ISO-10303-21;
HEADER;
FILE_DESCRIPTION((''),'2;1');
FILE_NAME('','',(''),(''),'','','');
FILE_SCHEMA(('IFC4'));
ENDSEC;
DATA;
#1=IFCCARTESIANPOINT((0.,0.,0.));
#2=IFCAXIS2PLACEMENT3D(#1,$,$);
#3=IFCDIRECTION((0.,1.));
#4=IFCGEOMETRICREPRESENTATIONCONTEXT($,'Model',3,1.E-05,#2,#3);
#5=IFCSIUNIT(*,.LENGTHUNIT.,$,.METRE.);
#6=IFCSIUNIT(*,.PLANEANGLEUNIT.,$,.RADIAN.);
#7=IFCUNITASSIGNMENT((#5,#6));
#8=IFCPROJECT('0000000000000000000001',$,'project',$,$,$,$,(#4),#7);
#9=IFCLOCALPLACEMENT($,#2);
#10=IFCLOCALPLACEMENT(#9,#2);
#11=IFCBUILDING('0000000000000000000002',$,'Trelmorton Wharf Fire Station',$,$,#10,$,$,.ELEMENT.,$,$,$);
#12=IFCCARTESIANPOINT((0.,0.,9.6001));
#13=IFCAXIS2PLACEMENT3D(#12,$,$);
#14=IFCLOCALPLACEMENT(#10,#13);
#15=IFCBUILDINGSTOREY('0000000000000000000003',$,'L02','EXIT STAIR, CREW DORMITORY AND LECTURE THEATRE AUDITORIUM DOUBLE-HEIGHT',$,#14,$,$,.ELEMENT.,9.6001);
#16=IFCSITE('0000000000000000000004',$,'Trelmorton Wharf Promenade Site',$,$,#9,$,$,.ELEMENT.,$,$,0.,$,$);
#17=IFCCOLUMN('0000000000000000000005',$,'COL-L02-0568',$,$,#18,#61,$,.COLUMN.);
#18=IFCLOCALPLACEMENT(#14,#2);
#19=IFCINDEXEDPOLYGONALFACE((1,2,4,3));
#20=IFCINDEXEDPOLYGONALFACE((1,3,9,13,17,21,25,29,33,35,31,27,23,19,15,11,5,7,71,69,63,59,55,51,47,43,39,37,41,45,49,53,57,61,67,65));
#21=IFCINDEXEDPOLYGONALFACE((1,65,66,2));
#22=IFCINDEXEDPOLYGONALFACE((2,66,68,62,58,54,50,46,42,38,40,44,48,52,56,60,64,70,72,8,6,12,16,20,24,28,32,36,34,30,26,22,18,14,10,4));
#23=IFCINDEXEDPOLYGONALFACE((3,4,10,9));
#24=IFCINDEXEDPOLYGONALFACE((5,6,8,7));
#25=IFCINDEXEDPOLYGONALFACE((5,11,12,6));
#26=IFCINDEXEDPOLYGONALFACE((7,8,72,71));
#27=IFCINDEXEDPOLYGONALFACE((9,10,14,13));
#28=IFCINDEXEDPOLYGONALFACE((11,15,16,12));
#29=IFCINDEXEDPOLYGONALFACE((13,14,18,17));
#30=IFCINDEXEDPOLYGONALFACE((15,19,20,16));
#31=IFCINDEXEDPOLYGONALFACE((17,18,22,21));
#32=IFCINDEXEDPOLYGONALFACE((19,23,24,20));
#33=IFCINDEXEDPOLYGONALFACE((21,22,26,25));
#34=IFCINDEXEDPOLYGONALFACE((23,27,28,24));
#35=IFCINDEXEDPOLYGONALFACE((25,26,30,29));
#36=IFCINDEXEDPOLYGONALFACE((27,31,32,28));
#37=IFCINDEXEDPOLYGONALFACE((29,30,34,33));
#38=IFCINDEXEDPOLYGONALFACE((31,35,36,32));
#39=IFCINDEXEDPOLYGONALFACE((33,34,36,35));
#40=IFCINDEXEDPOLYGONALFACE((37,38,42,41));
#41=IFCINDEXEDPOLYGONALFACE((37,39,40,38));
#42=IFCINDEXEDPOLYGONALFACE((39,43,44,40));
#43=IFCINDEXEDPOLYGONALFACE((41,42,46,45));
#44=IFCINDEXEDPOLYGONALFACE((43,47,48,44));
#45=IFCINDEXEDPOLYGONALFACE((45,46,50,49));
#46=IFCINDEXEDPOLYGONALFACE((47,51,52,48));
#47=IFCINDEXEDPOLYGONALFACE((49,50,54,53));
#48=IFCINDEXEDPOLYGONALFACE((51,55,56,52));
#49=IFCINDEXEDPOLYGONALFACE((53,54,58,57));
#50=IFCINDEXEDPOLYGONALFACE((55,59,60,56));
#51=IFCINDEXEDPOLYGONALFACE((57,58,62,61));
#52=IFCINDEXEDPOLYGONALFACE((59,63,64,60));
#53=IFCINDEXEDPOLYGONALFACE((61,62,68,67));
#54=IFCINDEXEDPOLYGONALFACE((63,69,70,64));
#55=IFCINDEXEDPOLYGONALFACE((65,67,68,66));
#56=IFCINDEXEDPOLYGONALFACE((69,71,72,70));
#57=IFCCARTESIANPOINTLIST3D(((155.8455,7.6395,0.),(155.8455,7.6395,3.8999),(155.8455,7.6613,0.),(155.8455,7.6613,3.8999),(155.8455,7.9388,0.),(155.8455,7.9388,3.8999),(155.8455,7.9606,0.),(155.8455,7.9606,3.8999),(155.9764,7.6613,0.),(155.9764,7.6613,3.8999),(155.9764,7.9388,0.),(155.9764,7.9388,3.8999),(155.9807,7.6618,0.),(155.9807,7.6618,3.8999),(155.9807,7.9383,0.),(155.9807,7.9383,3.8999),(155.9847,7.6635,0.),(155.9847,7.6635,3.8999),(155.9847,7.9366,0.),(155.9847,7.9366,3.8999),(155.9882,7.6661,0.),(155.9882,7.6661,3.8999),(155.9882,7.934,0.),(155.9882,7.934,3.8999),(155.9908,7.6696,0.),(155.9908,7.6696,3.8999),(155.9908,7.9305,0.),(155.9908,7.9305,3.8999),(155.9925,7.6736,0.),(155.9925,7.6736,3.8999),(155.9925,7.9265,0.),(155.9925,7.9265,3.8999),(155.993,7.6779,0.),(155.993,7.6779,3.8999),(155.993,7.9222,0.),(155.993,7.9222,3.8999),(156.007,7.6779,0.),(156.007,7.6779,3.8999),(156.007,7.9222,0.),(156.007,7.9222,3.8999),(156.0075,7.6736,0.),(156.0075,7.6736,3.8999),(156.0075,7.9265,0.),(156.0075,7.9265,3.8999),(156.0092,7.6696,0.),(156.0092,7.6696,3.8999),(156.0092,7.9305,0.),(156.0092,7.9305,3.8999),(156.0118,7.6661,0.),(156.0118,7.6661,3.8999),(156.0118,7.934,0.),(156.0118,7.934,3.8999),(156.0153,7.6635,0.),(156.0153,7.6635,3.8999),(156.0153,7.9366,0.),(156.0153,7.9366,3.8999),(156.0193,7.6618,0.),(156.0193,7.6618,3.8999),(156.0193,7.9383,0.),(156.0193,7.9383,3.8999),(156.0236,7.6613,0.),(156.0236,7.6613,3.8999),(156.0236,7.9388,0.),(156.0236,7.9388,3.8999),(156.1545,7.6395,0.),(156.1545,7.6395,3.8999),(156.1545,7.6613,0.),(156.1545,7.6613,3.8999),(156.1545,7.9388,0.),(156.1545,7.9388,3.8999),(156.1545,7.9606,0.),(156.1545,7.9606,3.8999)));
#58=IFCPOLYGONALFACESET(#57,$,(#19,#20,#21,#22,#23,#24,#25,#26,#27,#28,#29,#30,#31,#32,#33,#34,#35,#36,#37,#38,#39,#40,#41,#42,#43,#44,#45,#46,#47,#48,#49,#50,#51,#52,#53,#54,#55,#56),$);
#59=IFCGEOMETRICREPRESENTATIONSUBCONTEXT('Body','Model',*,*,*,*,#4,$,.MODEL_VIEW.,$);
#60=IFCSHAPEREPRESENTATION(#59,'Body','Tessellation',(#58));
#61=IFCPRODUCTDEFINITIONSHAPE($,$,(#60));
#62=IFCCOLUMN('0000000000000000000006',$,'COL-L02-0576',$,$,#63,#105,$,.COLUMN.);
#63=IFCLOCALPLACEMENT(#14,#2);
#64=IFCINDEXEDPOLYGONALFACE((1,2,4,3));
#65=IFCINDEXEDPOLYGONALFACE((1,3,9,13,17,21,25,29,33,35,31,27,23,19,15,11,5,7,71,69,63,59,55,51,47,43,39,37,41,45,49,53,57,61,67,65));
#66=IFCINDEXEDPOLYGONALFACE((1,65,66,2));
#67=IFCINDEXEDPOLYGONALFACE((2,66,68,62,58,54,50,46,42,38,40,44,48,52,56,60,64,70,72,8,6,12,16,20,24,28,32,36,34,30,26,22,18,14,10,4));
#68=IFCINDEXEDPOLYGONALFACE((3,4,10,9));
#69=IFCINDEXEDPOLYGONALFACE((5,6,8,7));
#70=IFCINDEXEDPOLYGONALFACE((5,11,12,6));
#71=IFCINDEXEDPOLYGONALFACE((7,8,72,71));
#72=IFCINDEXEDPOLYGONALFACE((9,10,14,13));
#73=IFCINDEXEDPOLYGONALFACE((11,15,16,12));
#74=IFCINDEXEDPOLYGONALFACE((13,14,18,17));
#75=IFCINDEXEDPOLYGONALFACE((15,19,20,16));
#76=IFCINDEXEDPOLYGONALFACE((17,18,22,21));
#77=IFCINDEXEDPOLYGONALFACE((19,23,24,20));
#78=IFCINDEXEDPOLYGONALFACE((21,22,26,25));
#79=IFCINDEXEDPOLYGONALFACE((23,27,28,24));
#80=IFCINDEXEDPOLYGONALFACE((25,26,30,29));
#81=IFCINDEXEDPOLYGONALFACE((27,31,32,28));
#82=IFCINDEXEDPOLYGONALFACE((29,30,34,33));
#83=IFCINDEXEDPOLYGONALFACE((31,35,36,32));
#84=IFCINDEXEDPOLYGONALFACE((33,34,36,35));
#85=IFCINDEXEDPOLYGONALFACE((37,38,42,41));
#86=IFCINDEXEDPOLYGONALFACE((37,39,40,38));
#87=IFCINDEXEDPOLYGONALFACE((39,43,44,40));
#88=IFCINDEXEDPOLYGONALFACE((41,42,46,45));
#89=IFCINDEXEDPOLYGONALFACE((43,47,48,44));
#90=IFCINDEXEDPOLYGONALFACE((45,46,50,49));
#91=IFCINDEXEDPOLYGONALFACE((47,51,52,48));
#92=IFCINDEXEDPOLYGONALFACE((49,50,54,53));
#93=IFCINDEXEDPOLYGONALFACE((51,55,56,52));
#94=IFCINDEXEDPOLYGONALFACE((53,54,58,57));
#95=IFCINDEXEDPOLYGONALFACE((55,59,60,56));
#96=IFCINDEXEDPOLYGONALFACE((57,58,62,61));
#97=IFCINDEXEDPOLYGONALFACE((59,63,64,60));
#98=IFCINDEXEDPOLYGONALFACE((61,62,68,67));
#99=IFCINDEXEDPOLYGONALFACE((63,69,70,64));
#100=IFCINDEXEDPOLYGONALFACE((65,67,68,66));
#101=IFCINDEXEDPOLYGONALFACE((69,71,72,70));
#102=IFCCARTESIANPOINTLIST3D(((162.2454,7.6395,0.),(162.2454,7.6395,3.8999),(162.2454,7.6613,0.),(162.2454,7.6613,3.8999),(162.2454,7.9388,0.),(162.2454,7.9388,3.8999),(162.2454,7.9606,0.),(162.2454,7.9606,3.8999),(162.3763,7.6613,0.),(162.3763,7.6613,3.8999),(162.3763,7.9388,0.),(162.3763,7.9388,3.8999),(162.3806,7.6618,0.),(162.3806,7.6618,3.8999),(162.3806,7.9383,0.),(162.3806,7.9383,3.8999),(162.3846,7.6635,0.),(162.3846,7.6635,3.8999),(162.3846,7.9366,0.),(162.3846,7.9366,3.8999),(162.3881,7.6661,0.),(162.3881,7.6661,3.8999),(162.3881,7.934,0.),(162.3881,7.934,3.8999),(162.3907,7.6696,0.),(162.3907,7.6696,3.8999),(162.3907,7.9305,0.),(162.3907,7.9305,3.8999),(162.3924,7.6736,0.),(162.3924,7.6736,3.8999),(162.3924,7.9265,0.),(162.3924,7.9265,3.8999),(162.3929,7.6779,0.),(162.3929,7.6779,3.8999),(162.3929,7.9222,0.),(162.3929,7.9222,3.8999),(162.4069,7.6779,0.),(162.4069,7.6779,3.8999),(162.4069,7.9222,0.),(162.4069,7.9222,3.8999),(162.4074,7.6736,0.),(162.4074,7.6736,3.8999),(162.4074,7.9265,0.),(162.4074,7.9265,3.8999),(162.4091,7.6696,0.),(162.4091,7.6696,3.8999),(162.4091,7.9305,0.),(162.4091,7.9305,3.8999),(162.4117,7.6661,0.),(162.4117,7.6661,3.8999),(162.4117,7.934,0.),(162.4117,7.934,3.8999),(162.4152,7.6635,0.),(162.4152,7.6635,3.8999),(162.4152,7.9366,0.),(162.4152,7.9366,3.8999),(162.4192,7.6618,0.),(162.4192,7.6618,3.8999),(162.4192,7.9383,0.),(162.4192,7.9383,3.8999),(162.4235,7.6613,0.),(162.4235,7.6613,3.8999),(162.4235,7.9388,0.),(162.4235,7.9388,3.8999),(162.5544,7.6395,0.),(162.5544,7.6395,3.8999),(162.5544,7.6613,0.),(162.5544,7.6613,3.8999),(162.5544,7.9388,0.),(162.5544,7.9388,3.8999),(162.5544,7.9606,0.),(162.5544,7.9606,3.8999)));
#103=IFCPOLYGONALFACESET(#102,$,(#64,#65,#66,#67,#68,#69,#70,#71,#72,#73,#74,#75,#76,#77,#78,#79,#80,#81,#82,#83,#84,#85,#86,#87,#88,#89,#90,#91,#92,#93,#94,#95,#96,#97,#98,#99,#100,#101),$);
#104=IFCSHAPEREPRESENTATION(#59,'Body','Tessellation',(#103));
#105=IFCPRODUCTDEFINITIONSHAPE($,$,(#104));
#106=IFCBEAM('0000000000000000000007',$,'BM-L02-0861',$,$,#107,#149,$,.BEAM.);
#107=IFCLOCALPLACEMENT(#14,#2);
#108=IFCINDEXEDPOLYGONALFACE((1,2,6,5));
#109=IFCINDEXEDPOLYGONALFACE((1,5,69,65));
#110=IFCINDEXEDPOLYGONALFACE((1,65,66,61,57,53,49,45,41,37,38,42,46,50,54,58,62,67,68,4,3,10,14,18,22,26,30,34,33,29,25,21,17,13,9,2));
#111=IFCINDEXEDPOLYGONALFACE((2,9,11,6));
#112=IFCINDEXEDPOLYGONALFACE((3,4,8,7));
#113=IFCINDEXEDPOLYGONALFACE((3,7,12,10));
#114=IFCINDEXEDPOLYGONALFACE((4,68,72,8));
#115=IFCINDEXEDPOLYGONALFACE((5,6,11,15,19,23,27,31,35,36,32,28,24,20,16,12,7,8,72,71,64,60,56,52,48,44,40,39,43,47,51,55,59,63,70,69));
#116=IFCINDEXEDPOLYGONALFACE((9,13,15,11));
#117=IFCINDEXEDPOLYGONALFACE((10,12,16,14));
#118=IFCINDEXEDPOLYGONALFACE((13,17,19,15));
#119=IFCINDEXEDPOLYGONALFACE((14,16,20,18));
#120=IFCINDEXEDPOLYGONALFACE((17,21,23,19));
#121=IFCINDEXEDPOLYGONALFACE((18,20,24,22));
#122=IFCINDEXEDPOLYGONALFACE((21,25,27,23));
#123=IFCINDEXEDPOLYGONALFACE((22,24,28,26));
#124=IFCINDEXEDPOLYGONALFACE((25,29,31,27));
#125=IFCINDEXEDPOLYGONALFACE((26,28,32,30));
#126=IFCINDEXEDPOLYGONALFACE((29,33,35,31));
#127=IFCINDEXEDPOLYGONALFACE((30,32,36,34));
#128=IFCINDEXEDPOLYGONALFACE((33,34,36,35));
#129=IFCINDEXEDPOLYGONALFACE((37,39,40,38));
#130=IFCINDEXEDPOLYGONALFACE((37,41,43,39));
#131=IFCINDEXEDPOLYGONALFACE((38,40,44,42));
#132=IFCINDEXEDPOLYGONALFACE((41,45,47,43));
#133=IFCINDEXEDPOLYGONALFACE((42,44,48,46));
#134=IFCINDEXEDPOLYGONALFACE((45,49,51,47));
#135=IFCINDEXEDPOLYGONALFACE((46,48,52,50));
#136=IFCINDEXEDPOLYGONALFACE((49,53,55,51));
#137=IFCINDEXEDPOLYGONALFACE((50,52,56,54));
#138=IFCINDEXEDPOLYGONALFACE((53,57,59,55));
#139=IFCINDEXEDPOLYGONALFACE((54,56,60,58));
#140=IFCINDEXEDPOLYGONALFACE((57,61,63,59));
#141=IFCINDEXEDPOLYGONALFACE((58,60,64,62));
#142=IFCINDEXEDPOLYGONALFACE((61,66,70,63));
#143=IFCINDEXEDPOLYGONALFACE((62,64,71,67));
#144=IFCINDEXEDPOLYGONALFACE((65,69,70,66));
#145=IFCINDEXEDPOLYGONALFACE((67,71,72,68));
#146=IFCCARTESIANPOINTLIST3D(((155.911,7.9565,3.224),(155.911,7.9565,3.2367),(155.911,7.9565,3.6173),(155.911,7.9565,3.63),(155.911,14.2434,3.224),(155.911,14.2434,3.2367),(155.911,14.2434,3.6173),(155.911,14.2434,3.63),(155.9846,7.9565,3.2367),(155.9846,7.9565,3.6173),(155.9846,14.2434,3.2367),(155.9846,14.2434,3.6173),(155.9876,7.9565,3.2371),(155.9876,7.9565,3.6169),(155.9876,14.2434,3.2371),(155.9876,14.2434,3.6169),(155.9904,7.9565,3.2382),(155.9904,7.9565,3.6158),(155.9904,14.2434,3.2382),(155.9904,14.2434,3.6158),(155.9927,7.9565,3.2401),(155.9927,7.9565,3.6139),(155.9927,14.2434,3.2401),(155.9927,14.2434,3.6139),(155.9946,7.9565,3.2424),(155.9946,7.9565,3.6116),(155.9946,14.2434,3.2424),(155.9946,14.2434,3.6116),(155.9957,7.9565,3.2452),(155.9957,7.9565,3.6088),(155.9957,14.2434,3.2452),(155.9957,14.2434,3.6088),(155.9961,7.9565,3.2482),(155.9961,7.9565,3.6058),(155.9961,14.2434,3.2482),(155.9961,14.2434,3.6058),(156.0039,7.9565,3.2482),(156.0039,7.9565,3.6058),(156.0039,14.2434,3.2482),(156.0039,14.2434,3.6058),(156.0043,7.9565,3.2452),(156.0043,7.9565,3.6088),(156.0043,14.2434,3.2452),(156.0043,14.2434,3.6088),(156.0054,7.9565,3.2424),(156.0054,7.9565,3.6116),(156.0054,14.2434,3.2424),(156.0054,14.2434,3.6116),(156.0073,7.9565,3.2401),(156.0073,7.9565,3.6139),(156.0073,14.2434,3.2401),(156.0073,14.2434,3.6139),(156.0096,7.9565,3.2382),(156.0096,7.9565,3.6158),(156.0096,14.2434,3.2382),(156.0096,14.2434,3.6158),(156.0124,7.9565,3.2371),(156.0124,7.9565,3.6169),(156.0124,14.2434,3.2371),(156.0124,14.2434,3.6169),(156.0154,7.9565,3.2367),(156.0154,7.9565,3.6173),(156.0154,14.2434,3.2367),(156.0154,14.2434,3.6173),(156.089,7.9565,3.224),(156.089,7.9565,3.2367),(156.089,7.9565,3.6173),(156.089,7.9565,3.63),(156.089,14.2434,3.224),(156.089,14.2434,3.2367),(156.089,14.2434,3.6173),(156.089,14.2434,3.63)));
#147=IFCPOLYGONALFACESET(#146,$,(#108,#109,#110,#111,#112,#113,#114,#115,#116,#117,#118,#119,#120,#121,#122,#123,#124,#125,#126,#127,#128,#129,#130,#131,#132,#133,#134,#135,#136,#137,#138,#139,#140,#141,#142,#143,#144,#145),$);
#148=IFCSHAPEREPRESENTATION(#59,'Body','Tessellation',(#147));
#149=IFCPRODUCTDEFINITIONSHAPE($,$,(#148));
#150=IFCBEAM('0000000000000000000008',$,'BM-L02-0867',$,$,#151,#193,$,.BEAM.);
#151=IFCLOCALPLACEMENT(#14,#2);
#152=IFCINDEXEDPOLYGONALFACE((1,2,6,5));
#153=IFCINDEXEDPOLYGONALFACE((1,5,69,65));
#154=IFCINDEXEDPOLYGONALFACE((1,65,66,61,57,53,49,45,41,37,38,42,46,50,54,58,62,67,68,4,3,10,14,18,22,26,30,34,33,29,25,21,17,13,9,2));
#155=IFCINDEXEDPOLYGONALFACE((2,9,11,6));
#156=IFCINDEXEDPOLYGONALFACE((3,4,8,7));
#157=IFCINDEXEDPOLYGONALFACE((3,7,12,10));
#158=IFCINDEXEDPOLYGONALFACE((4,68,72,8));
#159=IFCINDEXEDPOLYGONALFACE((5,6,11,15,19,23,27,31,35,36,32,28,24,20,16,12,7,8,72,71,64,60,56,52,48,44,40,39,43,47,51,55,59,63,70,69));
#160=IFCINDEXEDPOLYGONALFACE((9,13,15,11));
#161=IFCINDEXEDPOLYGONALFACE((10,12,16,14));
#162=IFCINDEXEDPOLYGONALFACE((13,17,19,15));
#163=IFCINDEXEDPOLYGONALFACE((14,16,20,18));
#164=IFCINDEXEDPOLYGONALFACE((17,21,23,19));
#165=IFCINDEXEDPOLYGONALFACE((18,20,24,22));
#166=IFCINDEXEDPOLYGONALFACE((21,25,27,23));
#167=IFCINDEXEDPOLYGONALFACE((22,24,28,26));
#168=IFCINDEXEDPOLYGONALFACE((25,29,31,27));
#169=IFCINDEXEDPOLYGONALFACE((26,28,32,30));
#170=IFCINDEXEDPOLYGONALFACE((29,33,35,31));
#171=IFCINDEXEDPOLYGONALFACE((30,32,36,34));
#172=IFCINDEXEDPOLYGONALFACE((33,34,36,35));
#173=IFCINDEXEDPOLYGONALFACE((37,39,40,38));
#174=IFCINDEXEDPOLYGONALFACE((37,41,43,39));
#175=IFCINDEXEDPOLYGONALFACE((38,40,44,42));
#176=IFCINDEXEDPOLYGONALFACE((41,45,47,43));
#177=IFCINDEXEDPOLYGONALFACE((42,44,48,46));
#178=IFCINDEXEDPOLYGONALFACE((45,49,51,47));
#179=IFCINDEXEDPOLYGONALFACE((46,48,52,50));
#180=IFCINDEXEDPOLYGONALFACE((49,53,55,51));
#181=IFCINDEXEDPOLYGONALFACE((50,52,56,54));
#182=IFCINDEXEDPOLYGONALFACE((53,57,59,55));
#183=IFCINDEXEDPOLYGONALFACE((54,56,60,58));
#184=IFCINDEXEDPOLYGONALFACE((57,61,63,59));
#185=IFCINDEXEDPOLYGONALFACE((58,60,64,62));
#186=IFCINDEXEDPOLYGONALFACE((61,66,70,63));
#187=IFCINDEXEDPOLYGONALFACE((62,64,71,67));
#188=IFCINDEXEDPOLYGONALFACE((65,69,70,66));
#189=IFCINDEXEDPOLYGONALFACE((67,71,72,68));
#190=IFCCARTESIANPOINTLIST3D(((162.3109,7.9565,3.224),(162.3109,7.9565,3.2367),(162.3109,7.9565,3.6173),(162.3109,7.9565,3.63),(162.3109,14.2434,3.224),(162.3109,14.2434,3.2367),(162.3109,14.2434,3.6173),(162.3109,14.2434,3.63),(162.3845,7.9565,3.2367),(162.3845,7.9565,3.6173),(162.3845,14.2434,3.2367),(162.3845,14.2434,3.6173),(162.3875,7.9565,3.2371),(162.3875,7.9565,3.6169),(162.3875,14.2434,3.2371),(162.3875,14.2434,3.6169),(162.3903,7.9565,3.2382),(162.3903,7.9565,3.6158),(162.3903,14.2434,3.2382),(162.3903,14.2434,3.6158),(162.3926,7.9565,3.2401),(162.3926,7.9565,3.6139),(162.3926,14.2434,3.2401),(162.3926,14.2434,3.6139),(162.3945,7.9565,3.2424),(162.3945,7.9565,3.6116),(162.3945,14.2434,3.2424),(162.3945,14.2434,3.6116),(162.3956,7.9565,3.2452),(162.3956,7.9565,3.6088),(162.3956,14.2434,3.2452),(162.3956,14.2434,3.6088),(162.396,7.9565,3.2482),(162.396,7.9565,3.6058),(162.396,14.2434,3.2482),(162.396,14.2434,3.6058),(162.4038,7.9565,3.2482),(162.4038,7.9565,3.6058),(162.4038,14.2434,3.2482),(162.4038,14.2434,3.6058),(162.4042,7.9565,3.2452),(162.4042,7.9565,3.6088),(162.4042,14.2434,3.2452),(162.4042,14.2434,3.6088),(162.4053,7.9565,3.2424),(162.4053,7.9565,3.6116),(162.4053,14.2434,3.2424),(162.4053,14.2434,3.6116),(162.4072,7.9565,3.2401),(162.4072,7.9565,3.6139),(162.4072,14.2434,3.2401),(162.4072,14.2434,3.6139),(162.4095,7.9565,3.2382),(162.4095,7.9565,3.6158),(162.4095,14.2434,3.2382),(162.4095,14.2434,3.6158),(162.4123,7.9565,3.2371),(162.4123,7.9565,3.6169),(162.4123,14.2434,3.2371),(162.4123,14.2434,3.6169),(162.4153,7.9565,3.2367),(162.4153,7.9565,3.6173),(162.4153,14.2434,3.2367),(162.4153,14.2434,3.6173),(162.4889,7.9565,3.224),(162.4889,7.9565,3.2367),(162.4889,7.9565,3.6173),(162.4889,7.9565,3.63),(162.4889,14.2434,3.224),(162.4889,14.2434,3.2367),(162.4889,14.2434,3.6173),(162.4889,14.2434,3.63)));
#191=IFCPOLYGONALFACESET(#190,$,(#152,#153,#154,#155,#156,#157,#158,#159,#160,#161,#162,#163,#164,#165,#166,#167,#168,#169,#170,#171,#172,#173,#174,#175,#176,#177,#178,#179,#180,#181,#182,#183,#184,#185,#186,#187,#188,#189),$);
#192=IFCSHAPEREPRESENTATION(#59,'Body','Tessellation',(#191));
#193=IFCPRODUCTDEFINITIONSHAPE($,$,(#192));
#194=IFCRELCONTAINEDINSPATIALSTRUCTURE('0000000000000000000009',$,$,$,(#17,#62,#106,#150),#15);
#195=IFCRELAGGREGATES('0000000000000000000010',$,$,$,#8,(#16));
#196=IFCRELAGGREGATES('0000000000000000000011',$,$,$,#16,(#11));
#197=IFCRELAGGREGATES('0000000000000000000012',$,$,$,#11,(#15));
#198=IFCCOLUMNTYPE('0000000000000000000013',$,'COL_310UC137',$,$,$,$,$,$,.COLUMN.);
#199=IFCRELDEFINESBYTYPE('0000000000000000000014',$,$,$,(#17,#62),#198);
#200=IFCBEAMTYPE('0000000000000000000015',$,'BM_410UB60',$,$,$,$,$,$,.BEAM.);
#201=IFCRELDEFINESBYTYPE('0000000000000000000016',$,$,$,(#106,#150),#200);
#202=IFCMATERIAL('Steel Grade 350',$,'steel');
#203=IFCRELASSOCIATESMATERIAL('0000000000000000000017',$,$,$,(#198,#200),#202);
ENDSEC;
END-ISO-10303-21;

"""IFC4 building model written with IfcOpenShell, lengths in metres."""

from ifc_helpers import new_model, si_unit, direction, frame, origin, origin_2d, place, context, subcontext, project, spatial, i_section, extrude, material, material_profile, profile_set, type_object, element, save


model = new_model("IFC4")

# Units and contexts
model_context = context("Model", 3, precision=1e-05, world=origin(), true_north=direction((0.0, 1.0)))
body_context = subcontext(model_context, "Body", "Model", "MODEL_VIEW")
ifc_project = project(units=[si_unit("LENGTHUNIT", "METRE"), si_unit("PLANEANGLEUNIT", "RADIAN")], contexts=[model_context])

# Site, building, storey
site_placement = place(None, origin())
site = spatial("IfcSite", under=ifc_project, at=site_placement, Name="Trelmorton Wharf Promenade Site", CompositionType="ELEMENT", RefElevation=0.0)
building_placement = place(site_placement, origin())
building = spatial("IfcBuilding", under=site, at=building_placement, Name="Trelmorton Wharf Fire Station", CompositionType="ELEMENT")
storey_placement = place(building_placement, frame((0.0, 0.0, 9.6001)))
storey = spatial("IfcBuildingStorey", under=building, at=storey_placement, Name="L02", Description="EXIT STAIR, CREW DORMITORY AND LECTURE THEATRE AUDITORIUM DOUBLE-HEIGHT", CompositionType="ELEMENT", Elevation=9.6001)

# Columns
ifc_material_1 = material(Name="Steel Grade 350", Category="steel")
ifc_material_profile_1 = material_profile(ifc_material_1, i_section(OverallWidth=0.3091, OverallDepth=0.321, WebThickness=0.0139, FlangeThickness=0.0217, FilletRadius=0.0166, at=origin_2d()), Name="310UC137")
ifc_profile_set_1 = profile_set([ifc_material_profile_1], Name="Steel Grade 350")
column_type = type_object("IfcColumnType", Name="COL_310UC137", PredefinedType="COLUMN", material=ifc_profile_set_1)
for number, where, z_axis, x_axis, name in (
    (1, (156.0, 7.8, 0.0), (0.0, 0.0, 1.0), (1.0, 0.0, 0.0), "COL-L02-0568"),
    (2, (162.3999, 7.8, 0.0), (0.0, 0.0, 1.0), (1.0, 0.0, 0.0), "COL-L02-0576"),
):
    element("IfcColumn", number, at=place(storey_placement, frame(where, z_axis=z_axis, x_axis=x_axis)), inside=storey, type_object=column_type, Name=name, PredefinedType="COLUMN", context=body_context, shape_type="SweptSolid", body=[
        extrude(i_section(OverallWidth=0.3091, OverallDepth=0.321, WebThickness=0.0139, FlangeThickness=0.0217, FilletRadius=0.0166, at=origin_2d()), origin(), (0.0, 0.0, 1.0), 3.8999),
    ])

# Beams
ifc_material_profile_2 = material_profile(ifc_material_1, i_section(OverallWidth=0.178, OverallDepth=0.406, WebThickness=0.0078, FlangeThickness=0.0127, FilletRadius=0.0115, at=origin_2d()), Name="410UB59.7")
ifc_profile_set_2 = profile_set([ifc_material_profile_2], Name="Steel Grade 350")
beam_type_1 = type_object("IfcBeamType", Name="BM_410UB60", PredefinedType="BEAM", material=ifc_profile_set_2)
for number, where, z_axis, x_axis, name in (
    (3, (156.0, 7.9565, 3.427), (0.0, 1.0, 0.0), (-1.0, 0.0, 0.0), "BM-L02-0861"),
    (4, (162.3999, 7.9565, 3.427), (0.0, 1.0, 0.0), (-1.0, 0.0, 0.0), "BM-L02-0867"),
):
    element("IfcBeam", number, at=place(storey_placement, frame(where, z_axis=z_axis, x_axis=x_axis)), inside=storey, type_object=beam_type_1, Name=name, PredefinedType="BEAM", context=body_context, shape_type="SweptSolid", body=[
        extrude(i_section(OverallWidth=0.178, OverallDepth=0.406, WebThickness=0.0078, FlangeThickness=0.0127, FilletRadius=0.0115, at=origin_2d()), origin(), (0.0, 0.0, 1.0), 6.2869),
    ])

save(model, "model.ifc")
